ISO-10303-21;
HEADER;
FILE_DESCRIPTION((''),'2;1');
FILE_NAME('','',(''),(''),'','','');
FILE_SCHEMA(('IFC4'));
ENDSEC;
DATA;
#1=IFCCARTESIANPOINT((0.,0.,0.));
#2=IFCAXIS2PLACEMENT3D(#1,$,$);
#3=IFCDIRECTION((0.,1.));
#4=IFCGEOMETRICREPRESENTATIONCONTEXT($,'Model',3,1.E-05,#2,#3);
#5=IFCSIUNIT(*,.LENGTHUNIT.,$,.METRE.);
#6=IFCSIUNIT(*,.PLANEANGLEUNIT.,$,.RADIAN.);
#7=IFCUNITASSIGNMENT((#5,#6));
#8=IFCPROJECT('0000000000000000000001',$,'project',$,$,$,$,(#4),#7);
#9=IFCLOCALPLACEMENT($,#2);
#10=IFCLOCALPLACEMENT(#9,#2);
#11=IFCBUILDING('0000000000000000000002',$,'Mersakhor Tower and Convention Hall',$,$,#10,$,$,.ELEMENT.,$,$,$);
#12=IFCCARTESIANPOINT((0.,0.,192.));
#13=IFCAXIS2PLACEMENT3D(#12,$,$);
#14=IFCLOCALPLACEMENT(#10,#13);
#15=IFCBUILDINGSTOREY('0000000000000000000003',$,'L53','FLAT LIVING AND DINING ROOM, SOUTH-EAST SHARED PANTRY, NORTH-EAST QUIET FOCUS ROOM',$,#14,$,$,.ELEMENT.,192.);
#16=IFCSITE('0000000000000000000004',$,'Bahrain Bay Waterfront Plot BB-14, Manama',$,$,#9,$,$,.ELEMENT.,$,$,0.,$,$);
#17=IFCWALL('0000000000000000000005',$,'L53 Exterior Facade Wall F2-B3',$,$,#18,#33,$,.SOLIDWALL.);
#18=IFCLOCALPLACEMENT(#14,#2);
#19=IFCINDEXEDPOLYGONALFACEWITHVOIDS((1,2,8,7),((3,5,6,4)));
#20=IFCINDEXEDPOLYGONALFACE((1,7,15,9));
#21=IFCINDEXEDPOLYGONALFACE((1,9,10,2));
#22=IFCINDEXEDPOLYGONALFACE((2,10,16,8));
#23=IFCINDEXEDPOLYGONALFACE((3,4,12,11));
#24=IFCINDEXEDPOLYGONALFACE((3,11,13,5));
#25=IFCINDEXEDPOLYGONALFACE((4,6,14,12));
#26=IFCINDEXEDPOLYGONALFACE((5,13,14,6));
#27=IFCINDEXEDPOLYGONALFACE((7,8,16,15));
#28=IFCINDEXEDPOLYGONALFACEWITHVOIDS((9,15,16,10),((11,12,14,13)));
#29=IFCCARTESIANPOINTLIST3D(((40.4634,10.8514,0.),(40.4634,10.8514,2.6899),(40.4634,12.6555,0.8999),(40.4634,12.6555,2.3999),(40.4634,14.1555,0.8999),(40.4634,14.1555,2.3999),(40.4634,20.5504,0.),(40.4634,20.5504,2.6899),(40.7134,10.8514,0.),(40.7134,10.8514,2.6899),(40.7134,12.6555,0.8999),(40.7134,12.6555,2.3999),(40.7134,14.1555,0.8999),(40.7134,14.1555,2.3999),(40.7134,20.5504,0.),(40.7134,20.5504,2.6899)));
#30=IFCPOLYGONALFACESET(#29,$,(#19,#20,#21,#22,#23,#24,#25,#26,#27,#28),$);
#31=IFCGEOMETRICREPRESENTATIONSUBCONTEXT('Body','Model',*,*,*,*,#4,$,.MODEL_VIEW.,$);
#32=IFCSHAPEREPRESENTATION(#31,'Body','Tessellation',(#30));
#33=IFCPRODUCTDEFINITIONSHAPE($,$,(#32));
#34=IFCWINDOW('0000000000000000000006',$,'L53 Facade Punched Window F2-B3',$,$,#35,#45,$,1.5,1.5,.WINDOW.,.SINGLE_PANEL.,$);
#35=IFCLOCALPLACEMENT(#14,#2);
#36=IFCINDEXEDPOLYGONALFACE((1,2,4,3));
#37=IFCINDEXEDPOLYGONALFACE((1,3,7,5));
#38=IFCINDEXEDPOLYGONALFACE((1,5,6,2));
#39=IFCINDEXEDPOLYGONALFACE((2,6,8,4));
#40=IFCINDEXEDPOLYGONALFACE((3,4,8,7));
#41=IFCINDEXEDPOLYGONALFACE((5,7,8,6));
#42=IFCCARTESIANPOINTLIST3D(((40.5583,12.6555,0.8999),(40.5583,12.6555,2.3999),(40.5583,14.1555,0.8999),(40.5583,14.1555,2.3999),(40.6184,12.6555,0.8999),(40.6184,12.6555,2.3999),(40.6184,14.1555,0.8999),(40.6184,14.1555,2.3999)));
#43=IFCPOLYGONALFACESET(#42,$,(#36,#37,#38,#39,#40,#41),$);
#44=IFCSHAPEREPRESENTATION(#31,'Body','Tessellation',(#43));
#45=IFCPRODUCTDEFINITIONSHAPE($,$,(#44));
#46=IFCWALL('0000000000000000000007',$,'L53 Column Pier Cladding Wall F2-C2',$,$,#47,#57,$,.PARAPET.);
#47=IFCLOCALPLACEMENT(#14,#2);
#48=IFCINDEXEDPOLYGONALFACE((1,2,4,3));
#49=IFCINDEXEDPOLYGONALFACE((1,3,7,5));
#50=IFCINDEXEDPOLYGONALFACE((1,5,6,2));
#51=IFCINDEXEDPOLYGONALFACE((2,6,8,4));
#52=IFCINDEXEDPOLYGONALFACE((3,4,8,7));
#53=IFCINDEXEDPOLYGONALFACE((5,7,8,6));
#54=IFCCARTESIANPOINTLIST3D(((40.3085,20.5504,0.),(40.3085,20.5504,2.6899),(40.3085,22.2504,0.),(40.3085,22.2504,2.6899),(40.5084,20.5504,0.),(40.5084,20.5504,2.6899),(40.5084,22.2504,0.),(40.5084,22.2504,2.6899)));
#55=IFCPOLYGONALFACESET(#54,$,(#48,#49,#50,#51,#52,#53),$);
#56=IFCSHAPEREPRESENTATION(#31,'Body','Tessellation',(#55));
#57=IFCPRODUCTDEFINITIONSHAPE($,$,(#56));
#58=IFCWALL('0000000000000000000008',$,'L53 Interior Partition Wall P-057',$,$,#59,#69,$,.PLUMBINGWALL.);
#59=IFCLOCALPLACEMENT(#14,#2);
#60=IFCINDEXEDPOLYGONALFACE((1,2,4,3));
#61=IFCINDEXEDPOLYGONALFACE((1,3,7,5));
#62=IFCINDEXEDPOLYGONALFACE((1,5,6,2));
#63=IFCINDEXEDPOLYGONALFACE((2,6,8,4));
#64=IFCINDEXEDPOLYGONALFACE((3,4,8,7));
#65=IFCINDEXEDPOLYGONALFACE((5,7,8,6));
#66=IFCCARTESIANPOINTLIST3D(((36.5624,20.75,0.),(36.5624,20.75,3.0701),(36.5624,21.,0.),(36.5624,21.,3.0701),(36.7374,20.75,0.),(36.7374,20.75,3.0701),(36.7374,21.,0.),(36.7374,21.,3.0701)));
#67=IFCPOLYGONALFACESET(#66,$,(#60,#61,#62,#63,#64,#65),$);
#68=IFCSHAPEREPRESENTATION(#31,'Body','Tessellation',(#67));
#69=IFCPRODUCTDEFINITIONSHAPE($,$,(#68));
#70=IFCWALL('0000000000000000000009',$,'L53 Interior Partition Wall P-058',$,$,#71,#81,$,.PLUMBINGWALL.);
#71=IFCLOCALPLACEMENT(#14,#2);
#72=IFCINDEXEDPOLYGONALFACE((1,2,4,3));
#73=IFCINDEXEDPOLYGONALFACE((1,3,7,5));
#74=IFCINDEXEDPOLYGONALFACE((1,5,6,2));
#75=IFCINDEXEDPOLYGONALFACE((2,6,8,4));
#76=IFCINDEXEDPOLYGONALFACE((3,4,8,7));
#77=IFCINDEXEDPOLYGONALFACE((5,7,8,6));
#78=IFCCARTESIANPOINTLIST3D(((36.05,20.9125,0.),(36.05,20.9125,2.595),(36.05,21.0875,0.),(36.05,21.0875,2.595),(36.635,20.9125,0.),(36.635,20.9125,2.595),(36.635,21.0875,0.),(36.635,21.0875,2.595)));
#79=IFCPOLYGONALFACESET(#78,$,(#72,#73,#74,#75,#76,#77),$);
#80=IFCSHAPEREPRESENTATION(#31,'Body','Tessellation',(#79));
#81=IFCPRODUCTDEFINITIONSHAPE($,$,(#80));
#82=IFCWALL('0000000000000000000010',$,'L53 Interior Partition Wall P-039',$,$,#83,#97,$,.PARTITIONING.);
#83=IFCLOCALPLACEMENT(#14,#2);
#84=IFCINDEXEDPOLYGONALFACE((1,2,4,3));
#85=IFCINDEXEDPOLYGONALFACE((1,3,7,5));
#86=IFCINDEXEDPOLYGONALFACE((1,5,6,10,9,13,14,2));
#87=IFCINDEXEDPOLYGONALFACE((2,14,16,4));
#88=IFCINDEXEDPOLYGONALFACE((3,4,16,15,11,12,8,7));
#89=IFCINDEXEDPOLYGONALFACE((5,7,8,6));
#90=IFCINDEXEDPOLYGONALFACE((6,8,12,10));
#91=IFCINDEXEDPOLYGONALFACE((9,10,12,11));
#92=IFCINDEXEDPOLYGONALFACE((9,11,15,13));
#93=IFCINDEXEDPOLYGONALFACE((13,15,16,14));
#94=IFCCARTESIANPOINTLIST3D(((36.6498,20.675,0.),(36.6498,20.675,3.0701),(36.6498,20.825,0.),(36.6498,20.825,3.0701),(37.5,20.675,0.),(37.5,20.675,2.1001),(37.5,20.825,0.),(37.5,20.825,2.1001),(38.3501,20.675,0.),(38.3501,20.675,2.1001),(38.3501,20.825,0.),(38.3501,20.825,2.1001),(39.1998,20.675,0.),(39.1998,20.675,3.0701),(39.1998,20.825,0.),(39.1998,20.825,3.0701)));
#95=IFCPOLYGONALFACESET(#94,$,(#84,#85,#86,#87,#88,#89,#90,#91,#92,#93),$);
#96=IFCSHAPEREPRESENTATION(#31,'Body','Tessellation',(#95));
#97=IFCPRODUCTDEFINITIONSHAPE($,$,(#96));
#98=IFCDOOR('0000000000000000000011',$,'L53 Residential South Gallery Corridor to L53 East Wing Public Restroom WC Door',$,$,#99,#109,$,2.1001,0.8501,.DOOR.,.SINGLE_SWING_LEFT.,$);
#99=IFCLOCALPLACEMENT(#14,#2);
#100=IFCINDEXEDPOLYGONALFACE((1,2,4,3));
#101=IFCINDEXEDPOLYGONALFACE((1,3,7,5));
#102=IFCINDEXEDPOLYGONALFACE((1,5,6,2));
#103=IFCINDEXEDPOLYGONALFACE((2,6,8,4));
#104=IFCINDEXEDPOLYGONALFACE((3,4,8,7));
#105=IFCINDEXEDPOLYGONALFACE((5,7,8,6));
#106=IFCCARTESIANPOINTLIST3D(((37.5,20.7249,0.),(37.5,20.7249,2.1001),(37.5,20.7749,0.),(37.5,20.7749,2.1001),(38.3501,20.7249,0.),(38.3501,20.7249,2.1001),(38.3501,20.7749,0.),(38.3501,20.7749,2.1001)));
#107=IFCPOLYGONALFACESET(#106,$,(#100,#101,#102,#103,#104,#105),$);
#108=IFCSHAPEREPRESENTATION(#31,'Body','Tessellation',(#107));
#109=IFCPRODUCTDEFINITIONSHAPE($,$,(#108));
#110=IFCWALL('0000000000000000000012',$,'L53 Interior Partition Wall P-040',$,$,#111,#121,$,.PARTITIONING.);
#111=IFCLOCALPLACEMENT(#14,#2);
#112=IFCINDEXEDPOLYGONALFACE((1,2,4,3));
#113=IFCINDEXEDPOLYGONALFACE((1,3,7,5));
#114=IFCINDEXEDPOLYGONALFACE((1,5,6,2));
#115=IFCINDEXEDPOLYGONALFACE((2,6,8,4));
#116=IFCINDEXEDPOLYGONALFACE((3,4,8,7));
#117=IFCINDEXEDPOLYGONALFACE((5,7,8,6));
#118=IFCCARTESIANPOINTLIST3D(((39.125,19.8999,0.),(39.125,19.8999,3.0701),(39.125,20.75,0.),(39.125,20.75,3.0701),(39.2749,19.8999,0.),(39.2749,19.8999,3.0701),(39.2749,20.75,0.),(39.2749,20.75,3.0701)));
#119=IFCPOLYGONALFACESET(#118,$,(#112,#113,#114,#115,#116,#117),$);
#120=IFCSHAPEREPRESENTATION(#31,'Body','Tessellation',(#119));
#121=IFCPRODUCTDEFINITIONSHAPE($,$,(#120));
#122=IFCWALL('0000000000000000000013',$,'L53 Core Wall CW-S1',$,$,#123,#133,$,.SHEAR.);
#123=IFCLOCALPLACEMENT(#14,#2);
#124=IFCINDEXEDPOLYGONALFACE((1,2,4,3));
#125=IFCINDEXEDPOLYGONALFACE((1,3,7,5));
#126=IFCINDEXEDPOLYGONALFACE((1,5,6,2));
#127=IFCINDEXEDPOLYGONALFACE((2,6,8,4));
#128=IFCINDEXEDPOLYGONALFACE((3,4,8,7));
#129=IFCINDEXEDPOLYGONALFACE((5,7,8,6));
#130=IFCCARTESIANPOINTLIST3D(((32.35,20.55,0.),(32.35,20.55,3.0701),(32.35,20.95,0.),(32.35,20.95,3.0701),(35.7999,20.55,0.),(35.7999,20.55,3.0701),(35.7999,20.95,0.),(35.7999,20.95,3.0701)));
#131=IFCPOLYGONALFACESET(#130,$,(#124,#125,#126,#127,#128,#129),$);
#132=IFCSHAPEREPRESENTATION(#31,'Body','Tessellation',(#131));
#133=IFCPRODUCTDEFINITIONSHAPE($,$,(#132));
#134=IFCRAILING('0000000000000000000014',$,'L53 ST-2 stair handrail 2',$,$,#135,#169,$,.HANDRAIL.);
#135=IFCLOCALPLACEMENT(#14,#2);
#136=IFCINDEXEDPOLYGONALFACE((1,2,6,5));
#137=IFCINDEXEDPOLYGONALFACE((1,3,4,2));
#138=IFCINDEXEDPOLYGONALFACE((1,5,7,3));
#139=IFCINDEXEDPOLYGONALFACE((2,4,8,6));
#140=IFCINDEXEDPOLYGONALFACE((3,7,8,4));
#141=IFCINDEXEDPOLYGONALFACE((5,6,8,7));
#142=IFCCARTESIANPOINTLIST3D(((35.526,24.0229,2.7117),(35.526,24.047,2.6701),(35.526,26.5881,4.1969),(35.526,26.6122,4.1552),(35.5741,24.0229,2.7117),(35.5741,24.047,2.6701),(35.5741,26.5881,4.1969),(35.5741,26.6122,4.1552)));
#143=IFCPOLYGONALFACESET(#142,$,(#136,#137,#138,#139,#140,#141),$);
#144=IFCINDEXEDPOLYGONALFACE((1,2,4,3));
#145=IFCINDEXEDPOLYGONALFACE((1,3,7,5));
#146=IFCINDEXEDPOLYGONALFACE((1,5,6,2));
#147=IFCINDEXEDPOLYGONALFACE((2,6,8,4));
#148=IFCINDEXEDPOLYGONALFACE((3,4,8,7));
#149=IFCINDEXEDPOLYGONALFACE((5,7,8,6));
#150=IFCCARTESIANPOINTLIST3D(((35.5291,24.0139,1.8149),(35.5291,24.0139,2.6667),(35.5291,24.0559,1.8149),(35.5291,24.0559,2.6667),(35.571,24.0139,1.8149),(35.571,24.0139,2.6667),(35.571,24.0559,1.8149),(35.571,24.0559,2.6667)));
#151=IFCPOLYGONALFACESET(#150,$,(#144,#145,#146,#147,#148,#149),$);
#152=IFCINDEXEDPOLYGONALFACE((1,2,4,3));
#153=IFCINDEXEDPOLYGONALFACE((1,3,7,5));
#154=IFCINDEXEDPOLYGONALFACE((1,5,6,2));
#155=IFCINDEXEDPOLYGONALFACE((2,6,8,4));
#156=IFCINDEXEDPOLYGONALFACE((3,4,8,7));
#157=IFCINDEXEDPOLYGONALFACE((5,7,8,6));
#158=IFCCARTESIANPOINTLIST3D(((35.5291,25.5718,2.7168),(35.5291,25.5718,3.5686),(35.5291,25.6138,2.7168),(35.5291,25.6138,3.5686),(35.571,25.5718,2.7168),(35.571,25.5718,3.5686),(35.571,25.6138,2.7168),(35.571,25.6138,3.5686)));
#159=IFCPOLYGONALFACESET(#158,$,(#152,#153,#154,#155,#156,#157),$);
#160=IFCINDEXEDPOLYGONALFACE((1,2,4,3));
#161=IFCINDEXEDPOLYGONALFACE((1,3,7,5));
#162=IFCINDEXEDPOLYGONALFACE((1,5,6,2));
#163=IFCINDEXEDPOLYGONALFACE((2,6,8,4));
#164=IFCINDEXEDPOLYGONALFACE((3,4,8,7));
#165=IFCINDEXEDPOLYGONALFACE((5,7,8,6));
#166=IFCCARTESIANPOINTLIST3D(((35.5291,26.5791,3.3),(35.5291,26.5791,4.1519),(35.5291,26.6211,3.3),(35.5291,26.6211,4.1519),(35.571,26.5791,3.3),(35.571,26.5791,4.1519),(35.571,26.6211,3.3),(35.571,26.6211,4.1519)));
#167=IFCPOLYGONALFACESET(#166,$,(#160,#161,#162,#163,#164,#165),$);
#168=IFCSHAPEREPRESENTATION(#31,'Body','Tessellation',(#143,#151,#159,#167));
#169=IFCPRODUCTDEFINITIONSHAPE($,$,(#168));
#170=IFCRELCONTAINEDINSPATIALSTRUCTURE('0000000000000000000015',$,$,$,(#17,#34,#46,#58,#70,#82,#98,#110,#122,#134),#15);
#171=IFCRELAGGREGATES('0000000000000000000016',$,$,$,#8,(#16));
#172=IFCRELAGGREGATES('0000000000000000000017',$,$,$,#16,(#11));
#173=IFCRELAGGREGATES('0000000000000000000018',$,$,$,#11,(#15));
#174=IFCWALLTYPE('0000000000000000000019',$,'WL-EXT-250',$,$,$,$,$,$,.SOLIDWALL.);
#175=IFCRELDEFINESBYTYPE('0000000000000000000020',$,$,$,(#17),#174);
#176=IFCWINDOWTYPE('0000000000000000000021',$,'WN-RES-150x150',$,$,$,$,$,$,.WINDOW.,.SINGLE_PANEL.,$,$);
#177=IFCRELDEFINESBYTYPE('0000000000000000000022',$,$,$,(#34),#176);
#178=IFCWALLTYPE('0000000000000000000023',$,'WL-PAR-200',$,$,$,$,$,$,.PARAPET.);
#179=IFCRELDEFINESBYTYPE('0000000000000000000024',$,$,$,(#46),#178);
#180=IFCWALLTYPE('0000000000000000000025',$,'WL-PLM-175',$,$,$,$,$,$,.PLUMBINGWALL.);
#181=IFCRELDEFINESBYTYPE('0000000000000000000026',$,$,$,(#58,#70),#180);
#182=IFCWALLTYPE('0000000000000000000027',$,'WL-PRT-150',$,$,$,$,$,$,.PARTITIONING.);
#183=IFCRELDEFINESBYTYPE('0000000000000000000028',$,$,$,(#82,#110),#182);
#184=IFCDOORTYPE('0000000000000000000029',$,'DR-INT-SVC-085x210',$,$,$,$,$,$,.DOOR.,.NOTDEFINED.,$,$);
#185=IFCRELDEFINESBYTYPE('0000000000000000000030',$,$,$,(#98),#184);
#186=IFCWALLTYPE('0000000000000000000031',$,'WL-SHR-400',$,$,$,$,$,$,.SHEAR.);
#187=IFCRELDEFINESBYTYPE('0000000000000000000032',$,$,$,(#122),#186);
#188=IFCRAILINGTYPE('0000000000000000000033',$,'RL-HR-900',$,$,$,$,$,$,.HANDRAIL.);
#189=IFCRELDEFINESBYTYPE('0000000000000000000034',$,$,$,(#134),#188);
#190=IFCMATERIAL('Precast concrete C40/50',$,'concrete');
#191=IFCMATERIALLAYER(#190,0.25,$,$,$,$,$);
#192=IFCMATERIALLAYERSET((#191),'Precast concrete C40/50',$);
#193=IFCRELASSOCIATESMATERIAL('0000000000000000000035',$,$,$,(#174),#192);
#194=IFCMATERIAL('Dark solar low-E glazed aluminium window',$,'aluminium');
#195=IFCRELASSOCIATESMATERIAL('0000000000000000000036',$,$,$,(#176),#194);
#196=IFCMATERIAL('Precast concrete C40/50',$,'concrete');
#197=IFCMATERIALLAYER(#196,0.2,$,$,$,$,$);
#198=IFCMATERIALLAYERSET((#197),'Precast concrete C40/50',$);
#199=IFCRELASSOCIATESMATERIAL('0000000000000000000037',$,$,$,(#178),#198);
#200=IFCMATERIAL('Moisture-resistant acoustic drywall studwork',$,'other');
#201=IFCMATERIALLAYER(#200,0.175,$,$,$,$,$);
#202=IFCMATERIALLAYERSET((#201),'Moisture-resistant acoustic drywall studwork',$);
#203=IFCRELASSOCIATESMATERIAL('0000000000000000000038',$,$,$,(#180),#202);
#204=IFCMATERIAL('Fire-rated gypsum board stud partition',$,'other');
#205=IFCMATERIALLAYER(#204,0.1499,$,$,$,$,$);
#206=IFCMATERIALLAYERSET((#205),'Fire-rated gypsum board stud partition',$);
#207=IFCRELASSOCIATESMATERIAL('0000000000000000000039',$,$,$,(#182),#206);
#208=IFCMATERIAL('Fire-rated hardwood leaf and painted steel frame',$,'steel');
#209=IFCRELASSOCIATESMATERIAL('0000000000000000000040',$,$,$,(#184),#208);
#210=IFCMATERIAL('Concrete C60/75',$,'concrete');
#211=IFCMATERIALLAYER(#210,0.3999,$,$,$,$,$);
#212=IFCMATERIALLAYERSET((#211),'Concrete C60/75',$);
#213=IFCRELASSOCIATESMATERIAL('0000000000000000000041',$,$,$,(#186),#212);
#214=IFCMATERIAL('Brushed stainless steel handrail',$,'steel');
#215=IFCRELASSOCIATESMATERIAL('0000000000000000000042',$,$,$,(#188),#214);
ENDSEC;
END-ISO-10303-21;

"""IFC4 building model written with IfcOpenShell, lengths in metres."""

from ifc_helpers import new_model, si_unit, direction, frame, frame_2d, origin, origin_2d, place, context, subcontext, project, spatial, rectangle, extrude, material, layer, layer_set, type_object, element, fill, save


model = new_model("IFC4")

# Units and contexts
model_context = context("Model", 3, precision=1e-05, world=origin(), true_north=direction((0.0, 1.0)))
body_context = subcontext(model_context, "Body", "Model", "MODEL_VIEW")
ifc_project = project(units=[si_unit("LENGTHUNIT", "METRE"), si_unit("PLANEANGLEUNIT", "RADIAN")], contexts=[model_context])

# Site, building, storey
site_placement = place(None, origin())
site = spatial("IfcSite", under=ifc_project, at=site_placement, Name="Bahrain Bay Waterfront Plot BB-14, Manama", CompositionType="ELEMENT", RefElevation=0.0)
building_placement = place(site_placement, origin())
building = spatial("IfcBuilding", under=site, at=building_placement, Name="Mersakhor Tower and Convention Hall", CompositionType="ELEMENT")
storey_placement = place(building_placement, frame((0.0, 0.0, 192.0)))
storey = spatial("IfcBuildingStorey", under=building, at=storey_placement, Name="L53", Description="FLAT LIVING AND DINING ROOM, SOUTH-EAST SHARED PANTRY, NORTH-EAST QUIET FOCUS ROOM", CompositionType="ELEMENT", Elevation=192.0)

# Wall, opening, window
ifc_material_1 = material(Name="Precast concrete C40/50", Category="concrete")
ifc_layer_1 = layer(ifc_material_1, 0.25)
ifc_layer_set_1 = layer_set([ifc_layer_1], Name="Precast concrete C40/50")
wall_type_1 = type_object("IfcWallType", Name="WL-EXT-250", PredefinedType="SOLIDWALL", material=ifc_layer_set_1)
wall_1_placement = place(storey_placement, frame((40.5884, 20.5505, 0.0), z_axis=(0.0, 0.0, 1.0), x_axis=(0.0, -1.0, 0.0)))
wall_1 = element("IfcWall", 1, at=wall_1_placement, inside=storey, type_object=wall_type_1, Name="L53 Exterior Facade Wall F2-B3", PredefinedType="SOLIDWALL", context=body_context, shape_type="SweptSolid", body=[
    extrude(rectangle(XDim=9.699, YDim=0.25, at=frame_2d((4.8496, 0.0))), origin(), (0.0, 0.0, 1.0), 2.6899),
])
opening_1_placement = place(wall_1_placement, frame((6.395, 0.0, 0.8999)))
opening_1 = element("IfcOpeningElement", 2, at=opening_1_placement, cuts=wall_1, PredefinedType="OPENING", context=body_context, shape_type="SweptSolid", body=[
    extrude(rectangle(XDim=1.5, YDim=1.5, at=frame_2d((0.75, 0.75))), frame((0.0, 0.135, 0.0), z_axis=(0.0, -1.0, 0.0), x_axis=(1.0, 0.0, 0.0)), (0.0, 0.0, 1.0), 0.27),
])
ifc_material_2 = material(Name="Dark solar low-E glazed aluminium window", Category="aluminium")
window_type = type_object("IfcWindowType", Name="WN-RES-150x150", PartitioningType="SINGLE_PANEL", PredefinedType="WINDOW", material=ifc_material_2)
window_placement = place(opening_1_placement, origin())
window = element("IfcWindow", 3, at=window_placement, inside=storey, type_object=window_type, Name="L53 Facade Punched Window F2-B3", OverallHeight=1.5, OverallWidth=1.5, PartitioningType="SINGLE_PANEL", PredefinedType="WINDOW", context=body_context, shape_type="SweptSolid", body=[
    extrude(rectangle(XDim=1.5, YDim=1.5, at=frame_2d((0.75, 0.75))), frame((0.0, 0.03, 0.0), z_axis=(0.0, -1.0, 0.0), x_axis=(1.0, 0.0, 0.0)), (0.0, 0.0, 1.0), 0.0601),
])
fill(opening_1, window)

# Walls
ifc_material_3 = material(Name="Precast concrete C40/50", Category="concrete")
ifc_layer_2 = layer(ifc_material_3, 0.2)
ifc_layer_set_2 = layer_set([ifc_layer_2], Name="Precast concrete C40/50")
wall_type_2 = type_object("IfcWallType", Name="WL-PAR-200", PredefinedType="PARAPET", material=ifc_layer_set_2)
wall_2_placement = place(storey_placement, frame((40.4084, 22.2505, 0.0), z_axis=(0.0, 0.0, 1.0), x_axis=(0.0, -1.0, 0.0)))
element("IfcWall", 4, at=wall_2_placement, inside=storey, type_object=wall_type_2, Name="L53 Column Pier Cladding Wall F2-C2", PredefinedType="PARAPET", context=body_context, shape_type="SweptSolid", body=[
    extrude(rectangle(XDim=1.7, YDim=0.2, at=frame_2d((0.8501, 0.0))), origin(), (0.0, 0.0, 1.0), 2.6899),
])
ifc_material_4 = material(Name="Moisture-resistant acoustic drywall studwork", Category="other")
ifc_layer_3 = layer(ifc_material_4, 0.175)
ifc_layer_set_3 = layer_set([ifc_layer_3], Name="Moisture-resistant acoustic drywall studwork")
wall_type_3 = type_object("IfcWallType", Name="WL-PLM-175", PredefinedType="PLUMBINGWALL", material=ifc_layer_set_3)
wall_3_placement = place(storey_placement, frame((36.6499, 20.75, 0.0), z_axis=(0.0, 0.0, 1.0), x_axis=(0.0, 1.0, 0.0)))
element("IfcWall", 5, at=wall_3_placement, inside=storey, type_object=wall_type_3, Name="L53 Interior Partition Wall P-057", PredefinedType="PLUMBINGWALL", context=body_context, shape_type="SweptSolid", body=[
    extrude(rectangle(XDim=0.25, YDim=0.175, at=frame_2d((0.125, 0.0))), origin(), (0.0, 0.0, 1.0), 3.0701),
])
wall_4_placement = place(storey_placement, frame((36.635, 21.0, 0.0), z_axis=(0.0, 0.0, 1.0), x_axis=(-1.0, 0.0, 0.0)))
element("IfcWall", 6, at=wall_4_placement, inside=storey, type_object=wall_type_3, Name="L53 Interior Partition Wall P-058", PredefinedType="PLUMBINGWALL", context=body_context, shape_type="SweptSolid", body=[
    extrude(rectangle(XDim=0.585, YDim=0.175, at=frame_2d((0.2925, 0.0))), origin(), (0.0, 0.0, 1.0), 2.595),
])

# Wall, opening, door
ifc_material_5 = material(Name="Fire-rated gypsum board stud partition", Category="other")
ifc_layer_4 = layer(ifc_material_5, 0.1499)
ifc_layer_set_4 = layer_set([ifc_layer_4], Name="Fire-rated gypsum board stud partition")
wall_type_4 = type_object("IfcWallType", Name="WL-PRT-150", PredefinedType="PARTITIONING", material=ifc_layer_set_4)
wall_5_placement = place(storey_placement, frame((36.6499, 20.75, 0.0), z_axis=(0.0, 0.0, 1.0), x_axis=(1.0, 0.0, 0.0)))
wall_5 = element("IfcWall", 7, at=wall_5_placement, inside=storey, type_object=wall_type_4, Name="L53 Interior Partition Wall P-039", PredefinedType="PARTITIONING", context=body_context, shape_type="SweptSolid", body=[
    extrude(rectangle(XDim=2.55, YDim=0.1499, at=frame_2d((1.2749, 0.0))), origin(), (0.0, 0.0, 1.0), 3.0701),
])
opening_2_placement = place(wall_5_placement, frame((0.8501, 0.0, 0.0)))
opening_2 = element("IfcOpeningElement", 8, at=opening_2_placement, cuts=wall_5, PredefinedType="OPENING", context=body_context, shape_type="SweptSolid", body=[
    extrude(rectangle(XDim=0.8501, YDim=2.1001, at=frame_2d((0.425, 1.05))), frame((0.0, 0.085, 0.0), z_axis=(0.0, -1.0, 0.0), x_axis=(1.0, 0.0, 0.0)), (0.0, 0.0, 1.0), 0.1699),
])
ifc_material_6 = material(Name="Fire-rated hardwood leaf and painted steel frame", Category="steel")
door_type = type_object("IfcDoorType", Name="DR-INT-SVC-085x210", OperationType="NOTDEFINED", PredefinedType="DOOR", material=ifc_material_6)
door_placement = place(opening_2_placement, origin())
door = element("IfcDoor", 9, at=door_placement, inside=storey, type_object=door_type, Name="L53 Residential South Gallery Corridor to L53 East Wing Public Restroom WC Door", OperationType="SINGLE_SWING_LEFT", OverallHeight=2.1001, OverallWidth=0.8501, PredefinedType="DOOR", context=body_context, shape_type="SweptSolid", body=[
    extrude(rectangle(XDim=0.8501, YDim=2.1001, at=frame_2d((0.425, 1.05))), frame((0.0, 0.0249, 0.0), z_axis=(0.0, -1.0, 0.0), x_axis=(1.0, 0.0, 0.0)), (0.0, 0.0, 1.0), 0.05),
])
fill(opening_2, door)

# Walls
wall_6_placement = place(storey_placement, frame((39.2, 20.75, 0.0), z_axis=(0.0, 0.0, 1.0), x_axis=(0.0, -1.0, 0.0)))
element("IfcWall", 10, at=wall_6_placement, inside=storey, type_object=wall_type_4, Name="L53 Interior Partition Wall P-040", PredefinedType="PARTITIONING", context=body_context, shape_type="SweptSolid", body=[
    extrude(rectangle(XDim=0.8501, YDim=0.1499, at=frame_2d((0.425, 0.0))), origin(), (0.0, 0.0, 1.0), 3.0701),
])
ifc_material_7 = material(Name="Concrete C60/75", Category="concrete")
ifc_layer_5 = layer(ifc_material_7, 0.3999)
ifc_layer_set_5 = layer_set([ifc_layer_5], Name="Concrete C60/75")
wall_type_5 = type_object("IfcWallType", Name="WL-SHR-400", PredefinedType="SHEAR", material=ifc_layer_set_5)
wall_7_placement = place(storey_placement, frame((35.8, 20.75, 0.0), z_axis=(0.0, 0.0, 1.0), x_axis=(-1.0, 0.0, 0.0)))
element("IfcWall", 11, at=wall_7_placement, inside=storey, type_object=wall_type_5, Name="L53 Core Wall CW-S1", PredefinedType="SHEAR", context=body_context, shape_type="SweptSolid", body=[
    extrude(rectangle(XDim=3.45, YDim=0.3999, at=frame_2d((1.7251, 0.0))), origin(), (0.0, 0.0, 1.0), 3.0701),
])

# Railing
ifc_material_8 = material(Name="Brushed stainless steel handrail", Category="steel")
railing_type = type_object("IfcRailingType", Name="RL-HR-900", PredefinedType="HANDRAIL", material=ifc_material_8)
railing_placement = place(storey_placement, frame((35.55, 24.0349, 1.8149)))
element("IfcRailing", 12, at=railing_placement, inside=storey, type_object=railing_type, Name="L53 ST-2 stair handrail 2", PredefinedType="HANDRAIL", context=body_context, shape_type="SweptSolid", body=[
    extrude(rectangle(XDim=0.0481, YDim=0.0481, at=origin_2d()), frame((0.0, 0.0, 0.876), z_axis=(0.0, 0.865426, 0.501036), x_axis=(-1.0, 0.0, 0.0)), (0.0, 0.0, 1.0), 2.9641),
    extrude(rectangle(XDim=0.042, YDim=0.042, at=origin_2d()), origin(), (0.0, 0.0, 1.0), 0.8518),
    extrude(rectangle(XDim=0.042, YDim=0.042, at=origin_2d()), frame((0.0, 1.5579, 0.9019)), (0.0, 0.0, 1.0), 0.8518),
    extrude(rectangle(XDim=0.042, YDim=0.042, at=origin_2d()), frame((0.0, 2.5652, 1.4851)), (0.0, 0.0, 1.0), 0.8518),
])

save(model, "model.ifc")
